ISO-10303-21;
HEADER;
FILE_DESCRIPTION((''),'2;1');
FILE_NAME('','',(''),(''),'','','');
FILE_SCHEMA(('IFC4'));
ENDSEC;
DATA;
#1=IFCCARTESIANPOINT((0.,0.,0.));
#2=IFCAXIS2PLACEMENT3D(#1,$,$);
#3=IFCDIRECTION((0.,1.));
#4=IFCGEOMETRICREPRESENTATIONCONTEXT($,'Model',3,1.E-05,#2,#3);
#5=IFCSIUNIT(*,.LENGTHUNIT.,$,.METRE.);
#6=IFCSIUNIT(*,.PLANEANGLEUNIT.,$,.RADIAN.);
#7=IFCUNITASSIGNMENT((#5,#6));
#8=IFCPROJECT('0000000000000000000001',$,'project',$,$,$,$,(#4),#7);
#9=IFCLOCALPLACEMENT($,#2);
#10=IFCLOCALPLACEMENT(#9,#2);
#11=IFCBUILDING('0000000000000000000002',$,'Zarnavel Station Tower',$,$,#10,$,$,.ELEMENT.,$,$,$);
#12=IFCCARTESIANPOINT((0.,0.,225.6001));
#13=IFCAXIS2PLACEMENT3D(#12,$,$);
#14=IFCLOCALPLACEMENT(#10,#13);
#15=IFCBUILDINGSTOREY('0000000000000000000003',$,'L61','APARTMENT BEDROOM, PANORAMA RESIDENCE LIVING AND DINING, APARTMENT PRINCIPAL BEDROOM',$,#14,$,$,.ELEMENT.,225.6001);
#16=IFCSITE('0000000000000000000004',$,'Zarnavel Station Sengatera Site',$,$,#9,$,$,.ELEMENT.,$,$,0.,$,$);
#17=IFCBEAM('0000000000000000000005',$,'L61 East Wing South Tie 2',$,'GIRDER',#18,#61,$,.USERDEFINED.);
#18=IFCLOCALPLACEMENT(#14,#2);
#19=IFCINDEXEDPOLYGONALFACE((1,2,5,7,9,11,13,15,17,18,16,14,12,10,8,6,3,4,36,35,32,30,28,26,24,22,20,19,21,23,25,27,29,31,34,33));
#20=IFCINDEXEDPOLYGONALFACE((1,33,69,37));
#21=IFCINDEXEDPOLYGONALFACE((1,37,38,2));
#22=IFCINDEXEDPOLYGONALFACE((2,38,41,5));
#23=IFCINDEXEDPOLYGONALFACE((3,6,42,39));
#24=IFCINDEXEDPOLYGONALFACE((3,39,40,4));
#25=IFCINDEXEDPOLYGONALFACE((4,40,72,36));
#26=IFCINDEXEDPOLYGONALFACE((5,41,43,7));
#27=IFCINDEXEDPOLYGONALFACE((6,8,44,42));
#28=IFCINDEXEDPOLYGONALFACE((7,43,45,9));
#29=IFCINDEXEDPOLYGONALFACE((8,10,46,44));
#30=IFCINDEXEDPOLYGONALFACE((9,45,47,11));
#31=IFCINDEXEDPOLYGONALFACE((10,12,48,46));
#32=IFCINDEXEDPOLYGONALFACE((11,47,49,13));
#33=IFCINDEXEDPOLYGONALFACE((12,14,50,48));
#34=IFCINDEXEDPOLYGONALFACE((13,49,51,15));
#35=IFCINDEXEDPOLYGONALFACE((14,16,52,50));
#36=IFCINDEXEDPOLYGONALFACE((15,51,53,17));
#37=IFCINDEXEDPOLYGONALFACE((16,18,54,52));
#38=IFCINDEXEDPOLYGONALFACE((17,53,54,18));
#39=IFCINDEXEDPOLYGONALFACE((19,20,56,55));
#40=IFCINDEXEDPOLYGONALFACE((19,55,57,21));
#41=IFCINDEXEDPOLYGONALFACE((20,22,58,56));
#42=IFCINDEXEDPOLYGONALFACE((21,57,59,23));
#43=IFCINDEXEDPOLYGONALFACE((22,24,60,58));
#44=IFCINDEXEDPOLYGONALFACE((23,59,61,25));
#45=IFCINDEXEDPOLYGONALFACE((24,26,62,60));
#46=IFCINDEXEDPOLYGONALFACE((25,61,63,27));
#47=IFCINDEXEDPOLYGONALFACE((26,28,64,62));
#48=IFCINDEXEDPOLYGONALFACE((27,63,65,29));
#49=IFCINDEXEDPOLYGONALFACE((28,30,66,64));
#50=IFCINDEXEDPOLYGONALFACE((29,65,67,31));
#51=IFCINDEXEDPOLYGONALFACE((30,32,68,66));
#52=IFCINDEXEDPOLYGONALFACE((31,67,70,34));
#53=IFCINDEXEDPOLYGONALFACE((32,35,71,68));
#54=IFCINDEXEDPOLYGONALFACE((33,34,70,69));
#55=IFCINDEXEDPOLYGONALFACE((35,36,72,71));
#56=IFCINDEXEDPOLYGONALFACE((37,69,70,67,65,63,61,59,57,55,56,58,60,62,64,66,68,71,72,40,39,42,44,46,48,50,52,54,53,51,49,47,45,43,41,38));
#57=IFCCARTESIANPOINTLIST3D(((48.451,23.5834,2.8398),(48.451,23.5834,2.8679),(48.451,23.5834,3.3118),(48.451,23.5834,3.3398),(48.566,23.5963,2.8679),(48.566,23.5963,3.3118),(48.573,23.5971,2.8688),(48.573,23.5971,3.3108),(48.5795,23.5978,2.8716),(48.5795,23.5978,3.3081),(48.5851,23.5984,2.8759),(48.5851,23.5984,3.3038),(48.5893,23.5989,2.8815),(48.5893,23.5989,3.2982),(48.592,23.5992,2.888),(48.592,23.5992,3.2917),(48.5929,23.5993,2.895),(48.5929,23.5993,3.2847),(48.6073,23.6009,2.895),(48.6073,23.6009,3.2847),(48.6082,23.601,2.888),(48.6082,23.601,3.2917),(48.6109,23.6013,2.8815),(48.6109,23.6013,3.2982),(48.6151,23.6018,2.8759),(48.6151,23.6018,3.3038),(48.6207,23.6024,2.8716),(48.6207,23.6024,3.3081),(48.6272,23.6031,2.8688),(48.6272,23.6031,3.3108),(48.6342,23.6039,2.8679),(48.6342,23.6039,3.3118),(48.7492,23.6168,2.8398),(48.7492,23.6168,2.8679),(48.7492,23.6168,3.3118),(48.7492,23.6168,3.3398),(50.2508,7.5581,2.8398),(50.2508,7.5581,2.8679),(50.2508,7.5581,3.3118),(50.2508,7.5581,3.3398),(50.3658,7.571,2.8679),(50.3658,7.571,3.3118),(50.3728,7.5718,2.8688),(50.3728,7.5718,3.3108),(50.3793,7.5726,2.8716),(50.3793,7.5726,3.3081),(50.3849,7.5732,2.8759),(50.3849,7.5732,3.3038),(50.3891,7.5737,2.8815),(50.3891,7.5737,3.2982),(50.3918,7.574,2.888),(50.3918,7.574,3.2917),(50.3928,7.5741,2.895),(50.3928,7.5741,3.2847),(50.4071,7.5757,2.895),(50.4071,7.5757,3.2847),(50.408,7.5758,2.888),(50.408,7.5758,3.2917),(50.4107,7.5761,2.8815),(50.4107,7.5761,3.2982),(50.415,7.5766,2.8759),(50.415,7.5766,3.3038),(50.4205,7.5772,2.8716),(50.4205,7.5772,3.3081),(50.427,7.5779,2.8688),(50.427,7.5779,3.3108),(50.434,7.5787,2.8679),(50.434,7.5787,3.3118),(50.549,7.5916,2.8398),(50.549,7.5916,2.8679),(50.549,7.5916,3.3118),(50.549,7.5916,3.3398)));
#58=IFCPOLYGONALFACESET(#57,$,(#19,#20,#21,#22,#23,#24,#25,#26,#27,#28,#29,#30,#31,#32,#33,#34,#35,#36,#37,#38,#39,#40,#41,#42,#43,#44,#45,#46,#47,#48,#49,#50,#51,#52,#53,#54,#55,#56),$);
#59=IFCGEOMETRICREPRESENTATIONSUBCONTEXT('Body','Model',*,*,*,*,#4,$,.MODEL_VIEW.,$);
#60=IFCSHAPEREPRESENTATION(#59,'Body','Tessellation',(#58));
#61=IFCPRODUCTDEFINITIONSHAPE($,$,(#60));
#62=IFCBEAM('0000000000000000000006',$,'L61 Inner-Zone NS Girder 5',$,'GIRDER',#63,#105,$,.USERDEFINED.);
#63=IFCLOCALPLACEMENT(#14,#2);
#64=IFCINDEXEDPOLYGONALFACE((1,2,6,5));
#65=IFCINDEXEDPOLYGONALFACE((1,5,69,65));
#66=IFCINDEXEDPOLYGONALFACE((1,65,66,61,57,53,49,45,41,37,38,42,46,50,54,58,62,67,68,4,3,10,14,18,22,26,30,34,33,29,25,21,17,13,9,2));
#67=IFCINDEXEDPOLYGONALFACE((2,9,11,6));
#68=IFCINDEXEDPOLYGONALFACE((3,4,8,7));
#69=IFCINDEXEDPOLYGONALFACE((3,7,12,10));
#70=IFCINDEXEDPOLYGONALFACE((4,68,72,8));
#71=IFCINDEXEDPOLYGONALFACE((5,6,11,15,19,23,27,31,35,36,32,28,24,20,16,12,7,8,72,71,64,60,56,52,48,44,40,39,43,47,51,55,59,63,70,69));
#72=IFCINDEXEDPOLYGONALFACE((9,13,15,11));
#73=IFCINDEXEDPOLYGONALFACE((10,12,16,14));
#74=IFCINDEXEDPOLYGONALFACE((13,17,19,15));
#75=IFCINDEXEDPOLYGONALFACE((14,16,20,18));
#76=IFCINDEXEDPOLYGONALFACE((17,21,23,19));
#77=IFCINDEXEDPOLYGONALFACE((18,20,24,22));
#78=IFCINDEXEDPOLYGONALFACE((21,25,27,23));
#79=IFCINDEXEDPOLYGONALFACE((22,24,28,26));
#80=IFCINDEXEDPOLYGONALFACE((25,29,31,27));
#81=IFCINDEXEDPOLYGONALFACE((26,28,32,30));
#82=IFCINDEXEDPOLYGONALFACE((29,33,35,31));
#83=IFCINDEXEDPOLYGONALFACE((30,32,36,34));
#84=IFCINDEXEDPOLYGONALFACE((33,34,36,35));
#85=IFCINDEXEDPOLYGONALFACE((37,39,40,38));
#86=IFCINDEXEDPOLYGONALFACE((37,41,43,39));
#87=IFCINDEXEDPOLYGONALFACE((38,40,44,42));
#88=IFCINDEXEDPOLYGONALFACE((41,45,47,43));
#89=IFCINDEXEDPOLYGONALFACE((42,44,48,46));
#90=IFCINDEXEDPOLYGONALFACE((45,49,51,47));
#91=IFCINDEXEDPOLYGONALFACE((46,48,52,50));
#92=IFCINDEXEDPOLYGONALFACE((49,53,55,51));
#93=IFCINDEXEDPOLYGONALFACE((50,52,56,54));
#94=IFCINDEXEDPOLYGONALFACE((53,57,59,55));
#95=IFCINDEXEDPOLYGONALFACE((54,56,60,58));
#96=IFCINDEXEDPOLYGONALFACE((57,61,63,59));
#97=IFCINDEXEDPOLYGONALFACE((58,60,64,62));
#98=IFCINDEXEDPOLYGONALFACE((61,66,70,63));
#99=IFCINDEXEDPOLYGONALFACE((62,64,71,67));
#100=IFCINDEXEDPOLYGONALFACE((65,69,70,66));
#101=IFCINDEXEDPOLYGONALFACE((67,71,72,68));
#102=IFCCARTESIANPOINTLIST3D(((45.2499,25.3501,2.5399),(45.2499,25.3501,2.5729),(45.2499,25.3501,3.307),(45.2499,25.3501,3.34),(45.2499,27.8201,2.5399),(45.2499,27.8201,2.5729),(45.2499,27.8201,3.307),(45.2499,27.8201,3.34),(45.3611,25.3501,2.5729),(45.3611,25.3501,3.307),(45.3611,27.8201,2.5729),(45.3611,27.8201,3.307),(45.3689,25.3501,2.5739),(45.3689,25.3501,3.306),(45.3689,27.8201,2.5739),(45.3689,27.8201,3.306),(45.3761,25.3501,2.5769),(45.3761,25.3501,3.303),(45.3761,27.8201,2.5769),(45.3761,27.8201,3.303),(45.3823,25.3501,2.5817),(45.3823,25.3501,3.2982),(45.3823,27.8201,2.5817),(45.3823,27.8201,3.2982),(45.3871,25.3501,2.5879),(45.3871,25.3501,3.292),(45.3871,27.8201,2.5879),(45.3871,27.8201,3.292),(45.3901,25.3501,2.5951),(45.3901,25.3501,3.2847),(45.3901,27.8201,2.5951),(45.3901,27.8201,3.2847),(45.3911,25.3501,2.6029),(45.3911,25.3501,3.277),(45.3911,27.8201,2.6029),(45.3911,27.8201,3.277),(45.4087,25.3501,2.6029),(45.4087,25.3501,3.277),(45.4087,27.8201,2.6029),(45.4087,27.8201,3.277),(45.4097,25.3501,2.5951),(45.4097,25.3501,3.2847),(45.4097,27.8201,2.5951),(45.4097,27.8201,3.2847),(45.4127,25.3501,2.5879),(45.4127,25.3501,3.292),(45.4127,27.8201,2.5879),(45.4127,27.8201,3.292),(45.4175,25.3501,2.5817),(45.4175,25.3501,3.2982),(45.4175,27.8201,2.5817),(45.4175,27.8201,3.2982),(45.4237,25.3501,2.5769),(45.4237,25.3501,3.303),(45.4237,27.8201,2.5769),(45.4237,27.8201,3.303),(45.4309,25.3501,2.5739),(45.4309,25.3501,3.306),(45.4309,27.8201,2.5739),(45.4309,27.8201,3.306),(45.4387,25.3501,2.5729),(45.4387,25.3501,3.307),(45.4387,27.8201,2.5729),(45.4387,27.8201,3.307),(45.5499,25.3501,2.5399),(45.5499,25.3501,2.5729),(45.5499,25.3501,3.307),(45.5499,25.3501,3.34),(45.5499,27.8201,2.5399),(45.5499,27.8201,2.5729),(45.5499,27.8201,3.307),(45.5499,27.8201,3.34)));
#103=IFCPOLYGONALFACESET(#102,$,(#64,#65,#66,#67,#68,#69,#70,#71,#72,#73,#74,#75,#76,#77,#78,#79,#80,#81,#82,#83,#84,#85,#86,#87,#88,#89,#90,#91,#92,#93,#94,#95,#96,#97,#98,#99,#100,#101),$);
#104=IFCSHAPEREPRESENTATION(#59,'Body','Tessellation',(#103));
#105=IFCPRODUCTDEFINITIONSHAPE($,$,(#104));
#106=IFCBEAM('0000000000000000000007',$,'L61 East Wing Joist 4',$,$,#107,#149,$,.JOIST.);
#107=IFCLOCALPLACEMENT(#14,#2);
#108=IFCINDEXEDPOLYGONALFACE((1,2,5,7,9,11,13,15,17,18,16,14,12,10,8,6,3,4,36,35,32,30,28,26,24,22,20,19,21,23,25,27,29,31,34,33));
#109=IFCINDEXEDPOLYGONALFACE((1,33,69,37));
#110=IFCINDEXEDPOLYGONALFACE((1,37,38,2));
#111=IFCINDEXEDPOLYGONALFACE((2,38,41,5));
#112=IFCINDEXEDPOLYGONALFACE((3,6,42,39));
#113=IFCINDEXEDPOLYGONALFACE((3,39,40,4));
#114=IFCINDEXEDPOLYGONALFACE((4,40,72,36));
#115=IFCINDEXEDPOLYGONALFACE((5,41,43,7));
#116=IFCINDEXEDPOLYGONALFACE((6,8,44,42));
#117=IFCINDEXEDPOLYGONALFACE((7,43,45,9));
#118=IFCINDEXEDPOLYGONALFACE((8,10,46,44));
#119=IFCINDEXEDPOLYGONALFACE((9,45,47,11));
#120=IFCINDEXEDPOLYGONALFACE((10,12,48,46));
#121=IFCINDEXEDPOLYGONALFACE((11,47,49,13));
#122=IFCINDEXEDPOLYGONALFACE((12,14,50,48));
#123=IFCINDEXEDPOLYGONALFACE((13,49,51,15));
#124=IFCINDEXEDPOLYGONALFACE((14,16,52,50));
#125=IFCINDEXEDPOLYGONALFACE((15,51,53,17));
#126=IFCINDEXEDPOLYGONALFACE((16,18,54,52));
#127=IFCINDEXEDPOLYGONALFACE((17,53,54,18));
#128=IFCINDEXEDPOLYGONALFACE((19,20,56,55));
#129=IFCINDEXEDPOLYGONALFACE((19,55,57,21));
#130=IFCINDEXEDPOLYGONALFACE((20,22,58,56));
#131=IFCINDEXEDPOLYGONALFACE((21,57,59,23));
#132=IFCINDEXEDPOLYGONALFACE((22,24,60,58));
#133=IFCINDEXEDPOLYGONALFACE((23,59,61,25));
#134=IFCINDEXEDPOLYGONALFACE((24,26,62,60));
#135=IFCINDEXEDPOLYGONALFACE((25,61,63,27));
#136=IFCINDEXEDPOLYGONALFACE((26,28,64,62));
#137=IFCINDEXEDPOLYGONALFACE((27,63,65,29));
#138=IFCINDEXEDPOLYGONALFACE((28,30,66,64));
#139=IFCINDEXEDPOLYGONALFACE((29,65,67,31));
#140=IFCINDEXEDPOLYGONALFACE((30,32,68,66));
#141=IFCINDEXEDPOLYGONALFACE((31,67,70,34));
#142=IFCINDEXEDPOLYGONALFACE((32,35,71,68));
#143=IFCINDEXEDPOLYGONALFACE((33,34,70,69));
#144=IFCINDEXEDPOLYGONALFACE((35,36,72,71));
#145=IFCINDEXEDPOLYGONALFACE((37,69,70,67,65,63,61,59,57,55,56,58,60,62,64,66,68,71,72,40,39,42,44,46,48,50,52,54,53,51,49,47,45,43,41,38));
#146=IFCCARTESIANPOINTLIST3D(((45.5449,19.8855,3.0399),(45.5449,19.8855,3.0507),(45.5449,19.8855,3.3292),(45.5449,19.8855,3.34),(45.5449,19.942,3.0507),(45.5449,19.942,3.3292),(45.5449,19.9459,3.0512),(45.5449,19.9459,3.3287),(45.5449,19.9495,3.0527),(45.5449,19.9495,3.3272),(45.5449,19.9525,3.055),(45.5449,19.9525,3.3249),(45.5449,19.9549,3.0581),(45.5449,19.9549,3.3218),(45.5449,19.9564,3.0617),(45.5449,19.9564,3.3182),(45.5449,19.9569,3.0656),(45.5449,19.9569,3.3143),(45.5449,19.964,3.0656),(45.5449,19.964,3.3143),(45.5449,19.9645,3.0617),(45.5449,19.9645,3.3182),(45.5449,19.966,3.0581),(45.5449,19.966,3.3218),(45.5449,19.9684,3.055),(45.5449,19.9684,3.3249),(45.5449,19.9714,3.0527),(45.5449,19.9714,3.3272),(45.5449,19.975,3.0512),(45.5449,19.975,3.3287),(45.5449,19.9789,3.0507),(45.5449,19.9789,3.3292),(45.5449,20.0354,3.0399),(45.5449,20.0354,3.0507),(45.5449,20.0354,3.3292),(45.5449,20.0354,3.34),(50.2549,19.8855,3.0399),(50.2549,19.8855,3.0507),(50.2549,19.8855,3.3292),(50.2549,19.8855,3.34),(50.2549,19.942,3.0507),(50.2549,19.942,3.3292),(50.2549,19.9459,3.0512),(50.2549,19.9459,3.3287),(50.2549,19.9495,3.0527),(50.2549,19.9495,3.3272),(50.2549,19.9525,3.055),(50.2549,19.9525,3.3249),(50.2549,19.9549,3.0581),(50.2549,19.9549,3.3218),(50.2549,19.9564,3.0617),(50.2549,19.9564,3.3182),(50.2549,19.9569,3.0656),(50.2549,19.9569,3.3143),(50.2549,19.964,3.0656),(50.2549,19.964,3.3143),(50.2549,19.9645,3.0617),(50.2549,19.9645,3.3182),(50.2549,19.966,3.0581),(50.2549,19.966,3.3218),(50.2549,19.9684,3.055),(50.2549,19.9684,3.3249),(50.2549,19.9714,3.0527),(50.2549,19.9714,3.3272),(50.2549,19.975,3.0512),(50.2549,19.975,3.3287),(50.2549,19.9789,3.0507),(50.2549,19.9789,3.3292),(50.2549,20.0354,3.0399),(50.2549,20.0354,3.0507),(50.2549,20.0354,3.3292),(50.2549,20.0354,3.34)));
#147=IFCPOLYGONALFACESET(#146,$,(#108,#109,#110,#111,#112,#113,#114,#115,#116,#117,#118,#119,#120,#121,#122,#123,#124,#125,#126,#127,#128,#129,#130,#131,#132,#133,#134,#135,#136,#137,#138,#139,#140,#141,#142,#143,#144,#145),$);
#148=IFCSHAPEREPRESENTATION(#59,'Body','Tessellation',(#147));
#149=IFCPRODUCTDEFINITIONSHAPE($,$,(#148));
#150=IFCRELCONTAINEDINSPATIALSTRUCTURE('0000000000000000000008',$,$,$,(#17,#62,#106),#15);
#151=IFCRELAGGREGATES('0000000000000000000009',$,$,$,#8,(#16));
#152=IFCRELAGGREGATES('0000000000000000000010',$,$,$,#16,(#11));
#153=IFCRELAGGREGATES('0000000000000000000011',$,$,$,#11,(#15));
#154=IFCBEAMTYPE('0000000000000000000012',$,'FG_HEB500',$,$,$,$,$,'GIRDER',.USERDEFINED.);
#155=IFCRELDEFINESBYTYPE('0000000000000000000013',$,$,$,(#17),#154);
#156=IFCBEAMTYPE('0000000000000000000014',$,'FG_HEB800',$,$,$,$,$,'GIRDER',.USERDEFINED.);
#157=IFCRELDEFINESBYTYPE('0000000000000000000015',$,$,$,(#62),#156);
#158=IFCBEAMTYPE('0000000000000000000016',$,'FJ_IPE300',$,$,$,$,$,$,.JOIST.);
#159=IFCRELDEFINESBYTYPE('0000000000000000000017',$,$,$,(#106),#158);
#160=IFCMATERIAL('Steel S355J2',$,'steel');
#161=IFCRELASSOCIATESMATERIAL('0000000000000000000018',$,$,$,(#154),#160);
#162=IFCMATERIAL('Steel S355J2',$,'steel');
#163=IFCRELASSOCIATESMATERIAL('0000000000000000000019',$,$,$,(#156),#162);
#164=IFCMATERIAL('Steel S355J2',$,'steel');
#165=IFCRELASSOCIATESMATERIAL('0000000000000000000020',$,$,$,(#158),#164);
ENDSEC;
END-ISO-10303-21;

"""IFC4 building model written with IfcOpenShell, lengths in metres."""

from ifc_helpers import new_model, si_unit, direction, frame, origin, origin_2d, place, context, subcontext, project, spatial, i_section, extrude, material, material_profile, profile_set, type_object, element, save


model = new_model("IFC4")

# Units and contexts
model_context = context("Model", 3, precision=1e-05, world=origin(), true_north=direction((0.0, 1.0)))
body_context = subcontext(model_context, "Body", "Model", "MODEL_VIEW")
ifc_project = project(units=[si_unit("LENGTHUNIT", "METRE"), si_unit("PLANEANGLEUNIT", "RADIAN")], contexts=[model_context])

# Site, building, storey
site_placement = place(None, origin())
site = spatial("IfcSite", under=ifc_project, at=site_placement, Name="Zarnavel Station Sengatera Site", CompositionType="ELEMENT", RefElevation=0.0)
building_placement = place(site_placement, origin())
building = spatial("IfcBuilding", under=site, at=building_placement, Name="Zarnavel Station Tower", CompositionType="ELEMENT")
storey_placement = place(building_placement, frame((0.0, 0.0, 225.6001)))
storey = spatial("IfcBuildingStorey", under=building, at=storey_placement, Name="L61", Description="APARTMENT BEDROOM, PANORAMA RESIDENCE LIVING AND DINING, APARTMENT PRINCIPAL BEDROOM", CompositionType="ELEMENT", Elevation=225.6001)

# Beams
ifc_material_1 = material(Name="Steel S355J2", Category="steel")
ifc_material_profile_1 = material_profile(ifc_material_1, i_section(OverallWidth=0.3, OverallDepth=0.5, WebThickness=0.0144, FlangeThickness=0.0281, FilletRadius=0.0271, at=origin_2d()), Name="HEB500")
ifc_profile_set_1 = profile_set([ifc_material_profile_1], Name="Steel S355J2")
beam_type_1 = type_object("IfcBeamType", Name="FG_HEB500", ElementType="GIRDER", PredefinedType="USERDEFINED", material=ifc_profile_set_1)
beam_1_placement = place(storey_placement, frame((48.6001, 23.6001, 3.0898), z_axis=(0.11161, -0.993752, 0.0), x_axis=(0.993752, 0.11161, 0.0)))
element("IfcBeam", 1, at=beam_1_placement, inside=storey, type_object=beam_type_1, Name="L61 East Wing South Tie 2", ObjectType="GIRDER", PredefinedType="USERDEFINED", context=body_context, shape_type="SweptSolid", body=[
    extrude(i_section(OverallWidth=0.3, OverallDepth=0.5, WebThickness=0.0144, FlangeThickness=0.0281, FilletRadius=0.0271, at=origin_2d()), origin(), (0.0, 0.0, 1.0), 16.126),
])
ifc_material_2 = material(Name="Steel S355J2", Category="steel")
ifc_material_profile_2 = material_profile(ifc_material_2, i_section(OverallWidth=0.3, OverallDepth=0.8, WebThickness=0.0176, FlangeThickness=0.033, FilletRadius=0.03, at=origin_2d()), Name="HEB800")
ifc_profile_set_2 = profile_set([ifc_material_profile_2], Name="Steel S355J2")
beam_type_2 = type_object("IfcBeamType", Name="FG_HEB800", ElementType="GIRDER", PredefinedType="USERDEFINED", material=ifc_profile_set_2)
beam_2_placement = place(storey_placement, frame((45.3999, 25.3501, 2.9399), z_axis=(0.0, 1.0, 0.0), x_axis=(-1.0, 0.0, 0.0)))
element("IfcBeam", 2, at=beam_2_placement, inside=storey, type_object=beam_type_2, Name="L61 Inner-Zone NS Girder 5", ObjectType="GIRDER", PredefinedType="USERDEFINED", context=body_context, shape_type="SweptSolid", body=[
    extrude(i_section(OverallWidth=0.3, OverallDepth=0.8, WebThickness=0.0176, FlangeThickness=0.033, FilletRadius=0.03, at=origin_2d()), origin(), (0.0, 0.0, 1.0), 2.47),
])
ifc_material_3 = material(Name="Steel S355J2", Category="steel")
ifc_material_profile_3 = material_profile(ifc_material_3, i_section(OverallWidth=0.1499, OverallDepth=0.3, WebThickness=0.0071, FlangeThickness=0.0107, FilletRadius=0.0149, at=origin_2d()), Name="IPE300")
ifc_profile_set_3 = profile_set([ifc_material_profile_3], Name="Steel S355J2")
beam_type_3 = type_object("IfcBeamType", Name="FJ_IPE300", PredefinedType="JOIST", material=ifc_profile_set_3)
beam_3_placement = place(storey_placement, frame((45.5449, 19.9604, 3.1899), z_axis=(1.0, 0.0, 0.0), x_axis=(0.0, 1.0, 0.0)))
element("IfcBeam", 3, at=beam_3_placement, inside=storey, type_object=beam_type_3, Name="L61 East Wing Joist 4", PredefinedType="JOIST", context=body_context, shape_type="SweptSolid", body=[
    extrude(i_section(OverallWidth=0.1499, OverallDepth=0.3, WebThickness=0.0071, FlangeThickness=0.0107, FilletRadius=0.0149, at=origin_2d()), origin(), (0.0, 0.0, 1.0), 4.71),
])

save(model, "model.ifc")
